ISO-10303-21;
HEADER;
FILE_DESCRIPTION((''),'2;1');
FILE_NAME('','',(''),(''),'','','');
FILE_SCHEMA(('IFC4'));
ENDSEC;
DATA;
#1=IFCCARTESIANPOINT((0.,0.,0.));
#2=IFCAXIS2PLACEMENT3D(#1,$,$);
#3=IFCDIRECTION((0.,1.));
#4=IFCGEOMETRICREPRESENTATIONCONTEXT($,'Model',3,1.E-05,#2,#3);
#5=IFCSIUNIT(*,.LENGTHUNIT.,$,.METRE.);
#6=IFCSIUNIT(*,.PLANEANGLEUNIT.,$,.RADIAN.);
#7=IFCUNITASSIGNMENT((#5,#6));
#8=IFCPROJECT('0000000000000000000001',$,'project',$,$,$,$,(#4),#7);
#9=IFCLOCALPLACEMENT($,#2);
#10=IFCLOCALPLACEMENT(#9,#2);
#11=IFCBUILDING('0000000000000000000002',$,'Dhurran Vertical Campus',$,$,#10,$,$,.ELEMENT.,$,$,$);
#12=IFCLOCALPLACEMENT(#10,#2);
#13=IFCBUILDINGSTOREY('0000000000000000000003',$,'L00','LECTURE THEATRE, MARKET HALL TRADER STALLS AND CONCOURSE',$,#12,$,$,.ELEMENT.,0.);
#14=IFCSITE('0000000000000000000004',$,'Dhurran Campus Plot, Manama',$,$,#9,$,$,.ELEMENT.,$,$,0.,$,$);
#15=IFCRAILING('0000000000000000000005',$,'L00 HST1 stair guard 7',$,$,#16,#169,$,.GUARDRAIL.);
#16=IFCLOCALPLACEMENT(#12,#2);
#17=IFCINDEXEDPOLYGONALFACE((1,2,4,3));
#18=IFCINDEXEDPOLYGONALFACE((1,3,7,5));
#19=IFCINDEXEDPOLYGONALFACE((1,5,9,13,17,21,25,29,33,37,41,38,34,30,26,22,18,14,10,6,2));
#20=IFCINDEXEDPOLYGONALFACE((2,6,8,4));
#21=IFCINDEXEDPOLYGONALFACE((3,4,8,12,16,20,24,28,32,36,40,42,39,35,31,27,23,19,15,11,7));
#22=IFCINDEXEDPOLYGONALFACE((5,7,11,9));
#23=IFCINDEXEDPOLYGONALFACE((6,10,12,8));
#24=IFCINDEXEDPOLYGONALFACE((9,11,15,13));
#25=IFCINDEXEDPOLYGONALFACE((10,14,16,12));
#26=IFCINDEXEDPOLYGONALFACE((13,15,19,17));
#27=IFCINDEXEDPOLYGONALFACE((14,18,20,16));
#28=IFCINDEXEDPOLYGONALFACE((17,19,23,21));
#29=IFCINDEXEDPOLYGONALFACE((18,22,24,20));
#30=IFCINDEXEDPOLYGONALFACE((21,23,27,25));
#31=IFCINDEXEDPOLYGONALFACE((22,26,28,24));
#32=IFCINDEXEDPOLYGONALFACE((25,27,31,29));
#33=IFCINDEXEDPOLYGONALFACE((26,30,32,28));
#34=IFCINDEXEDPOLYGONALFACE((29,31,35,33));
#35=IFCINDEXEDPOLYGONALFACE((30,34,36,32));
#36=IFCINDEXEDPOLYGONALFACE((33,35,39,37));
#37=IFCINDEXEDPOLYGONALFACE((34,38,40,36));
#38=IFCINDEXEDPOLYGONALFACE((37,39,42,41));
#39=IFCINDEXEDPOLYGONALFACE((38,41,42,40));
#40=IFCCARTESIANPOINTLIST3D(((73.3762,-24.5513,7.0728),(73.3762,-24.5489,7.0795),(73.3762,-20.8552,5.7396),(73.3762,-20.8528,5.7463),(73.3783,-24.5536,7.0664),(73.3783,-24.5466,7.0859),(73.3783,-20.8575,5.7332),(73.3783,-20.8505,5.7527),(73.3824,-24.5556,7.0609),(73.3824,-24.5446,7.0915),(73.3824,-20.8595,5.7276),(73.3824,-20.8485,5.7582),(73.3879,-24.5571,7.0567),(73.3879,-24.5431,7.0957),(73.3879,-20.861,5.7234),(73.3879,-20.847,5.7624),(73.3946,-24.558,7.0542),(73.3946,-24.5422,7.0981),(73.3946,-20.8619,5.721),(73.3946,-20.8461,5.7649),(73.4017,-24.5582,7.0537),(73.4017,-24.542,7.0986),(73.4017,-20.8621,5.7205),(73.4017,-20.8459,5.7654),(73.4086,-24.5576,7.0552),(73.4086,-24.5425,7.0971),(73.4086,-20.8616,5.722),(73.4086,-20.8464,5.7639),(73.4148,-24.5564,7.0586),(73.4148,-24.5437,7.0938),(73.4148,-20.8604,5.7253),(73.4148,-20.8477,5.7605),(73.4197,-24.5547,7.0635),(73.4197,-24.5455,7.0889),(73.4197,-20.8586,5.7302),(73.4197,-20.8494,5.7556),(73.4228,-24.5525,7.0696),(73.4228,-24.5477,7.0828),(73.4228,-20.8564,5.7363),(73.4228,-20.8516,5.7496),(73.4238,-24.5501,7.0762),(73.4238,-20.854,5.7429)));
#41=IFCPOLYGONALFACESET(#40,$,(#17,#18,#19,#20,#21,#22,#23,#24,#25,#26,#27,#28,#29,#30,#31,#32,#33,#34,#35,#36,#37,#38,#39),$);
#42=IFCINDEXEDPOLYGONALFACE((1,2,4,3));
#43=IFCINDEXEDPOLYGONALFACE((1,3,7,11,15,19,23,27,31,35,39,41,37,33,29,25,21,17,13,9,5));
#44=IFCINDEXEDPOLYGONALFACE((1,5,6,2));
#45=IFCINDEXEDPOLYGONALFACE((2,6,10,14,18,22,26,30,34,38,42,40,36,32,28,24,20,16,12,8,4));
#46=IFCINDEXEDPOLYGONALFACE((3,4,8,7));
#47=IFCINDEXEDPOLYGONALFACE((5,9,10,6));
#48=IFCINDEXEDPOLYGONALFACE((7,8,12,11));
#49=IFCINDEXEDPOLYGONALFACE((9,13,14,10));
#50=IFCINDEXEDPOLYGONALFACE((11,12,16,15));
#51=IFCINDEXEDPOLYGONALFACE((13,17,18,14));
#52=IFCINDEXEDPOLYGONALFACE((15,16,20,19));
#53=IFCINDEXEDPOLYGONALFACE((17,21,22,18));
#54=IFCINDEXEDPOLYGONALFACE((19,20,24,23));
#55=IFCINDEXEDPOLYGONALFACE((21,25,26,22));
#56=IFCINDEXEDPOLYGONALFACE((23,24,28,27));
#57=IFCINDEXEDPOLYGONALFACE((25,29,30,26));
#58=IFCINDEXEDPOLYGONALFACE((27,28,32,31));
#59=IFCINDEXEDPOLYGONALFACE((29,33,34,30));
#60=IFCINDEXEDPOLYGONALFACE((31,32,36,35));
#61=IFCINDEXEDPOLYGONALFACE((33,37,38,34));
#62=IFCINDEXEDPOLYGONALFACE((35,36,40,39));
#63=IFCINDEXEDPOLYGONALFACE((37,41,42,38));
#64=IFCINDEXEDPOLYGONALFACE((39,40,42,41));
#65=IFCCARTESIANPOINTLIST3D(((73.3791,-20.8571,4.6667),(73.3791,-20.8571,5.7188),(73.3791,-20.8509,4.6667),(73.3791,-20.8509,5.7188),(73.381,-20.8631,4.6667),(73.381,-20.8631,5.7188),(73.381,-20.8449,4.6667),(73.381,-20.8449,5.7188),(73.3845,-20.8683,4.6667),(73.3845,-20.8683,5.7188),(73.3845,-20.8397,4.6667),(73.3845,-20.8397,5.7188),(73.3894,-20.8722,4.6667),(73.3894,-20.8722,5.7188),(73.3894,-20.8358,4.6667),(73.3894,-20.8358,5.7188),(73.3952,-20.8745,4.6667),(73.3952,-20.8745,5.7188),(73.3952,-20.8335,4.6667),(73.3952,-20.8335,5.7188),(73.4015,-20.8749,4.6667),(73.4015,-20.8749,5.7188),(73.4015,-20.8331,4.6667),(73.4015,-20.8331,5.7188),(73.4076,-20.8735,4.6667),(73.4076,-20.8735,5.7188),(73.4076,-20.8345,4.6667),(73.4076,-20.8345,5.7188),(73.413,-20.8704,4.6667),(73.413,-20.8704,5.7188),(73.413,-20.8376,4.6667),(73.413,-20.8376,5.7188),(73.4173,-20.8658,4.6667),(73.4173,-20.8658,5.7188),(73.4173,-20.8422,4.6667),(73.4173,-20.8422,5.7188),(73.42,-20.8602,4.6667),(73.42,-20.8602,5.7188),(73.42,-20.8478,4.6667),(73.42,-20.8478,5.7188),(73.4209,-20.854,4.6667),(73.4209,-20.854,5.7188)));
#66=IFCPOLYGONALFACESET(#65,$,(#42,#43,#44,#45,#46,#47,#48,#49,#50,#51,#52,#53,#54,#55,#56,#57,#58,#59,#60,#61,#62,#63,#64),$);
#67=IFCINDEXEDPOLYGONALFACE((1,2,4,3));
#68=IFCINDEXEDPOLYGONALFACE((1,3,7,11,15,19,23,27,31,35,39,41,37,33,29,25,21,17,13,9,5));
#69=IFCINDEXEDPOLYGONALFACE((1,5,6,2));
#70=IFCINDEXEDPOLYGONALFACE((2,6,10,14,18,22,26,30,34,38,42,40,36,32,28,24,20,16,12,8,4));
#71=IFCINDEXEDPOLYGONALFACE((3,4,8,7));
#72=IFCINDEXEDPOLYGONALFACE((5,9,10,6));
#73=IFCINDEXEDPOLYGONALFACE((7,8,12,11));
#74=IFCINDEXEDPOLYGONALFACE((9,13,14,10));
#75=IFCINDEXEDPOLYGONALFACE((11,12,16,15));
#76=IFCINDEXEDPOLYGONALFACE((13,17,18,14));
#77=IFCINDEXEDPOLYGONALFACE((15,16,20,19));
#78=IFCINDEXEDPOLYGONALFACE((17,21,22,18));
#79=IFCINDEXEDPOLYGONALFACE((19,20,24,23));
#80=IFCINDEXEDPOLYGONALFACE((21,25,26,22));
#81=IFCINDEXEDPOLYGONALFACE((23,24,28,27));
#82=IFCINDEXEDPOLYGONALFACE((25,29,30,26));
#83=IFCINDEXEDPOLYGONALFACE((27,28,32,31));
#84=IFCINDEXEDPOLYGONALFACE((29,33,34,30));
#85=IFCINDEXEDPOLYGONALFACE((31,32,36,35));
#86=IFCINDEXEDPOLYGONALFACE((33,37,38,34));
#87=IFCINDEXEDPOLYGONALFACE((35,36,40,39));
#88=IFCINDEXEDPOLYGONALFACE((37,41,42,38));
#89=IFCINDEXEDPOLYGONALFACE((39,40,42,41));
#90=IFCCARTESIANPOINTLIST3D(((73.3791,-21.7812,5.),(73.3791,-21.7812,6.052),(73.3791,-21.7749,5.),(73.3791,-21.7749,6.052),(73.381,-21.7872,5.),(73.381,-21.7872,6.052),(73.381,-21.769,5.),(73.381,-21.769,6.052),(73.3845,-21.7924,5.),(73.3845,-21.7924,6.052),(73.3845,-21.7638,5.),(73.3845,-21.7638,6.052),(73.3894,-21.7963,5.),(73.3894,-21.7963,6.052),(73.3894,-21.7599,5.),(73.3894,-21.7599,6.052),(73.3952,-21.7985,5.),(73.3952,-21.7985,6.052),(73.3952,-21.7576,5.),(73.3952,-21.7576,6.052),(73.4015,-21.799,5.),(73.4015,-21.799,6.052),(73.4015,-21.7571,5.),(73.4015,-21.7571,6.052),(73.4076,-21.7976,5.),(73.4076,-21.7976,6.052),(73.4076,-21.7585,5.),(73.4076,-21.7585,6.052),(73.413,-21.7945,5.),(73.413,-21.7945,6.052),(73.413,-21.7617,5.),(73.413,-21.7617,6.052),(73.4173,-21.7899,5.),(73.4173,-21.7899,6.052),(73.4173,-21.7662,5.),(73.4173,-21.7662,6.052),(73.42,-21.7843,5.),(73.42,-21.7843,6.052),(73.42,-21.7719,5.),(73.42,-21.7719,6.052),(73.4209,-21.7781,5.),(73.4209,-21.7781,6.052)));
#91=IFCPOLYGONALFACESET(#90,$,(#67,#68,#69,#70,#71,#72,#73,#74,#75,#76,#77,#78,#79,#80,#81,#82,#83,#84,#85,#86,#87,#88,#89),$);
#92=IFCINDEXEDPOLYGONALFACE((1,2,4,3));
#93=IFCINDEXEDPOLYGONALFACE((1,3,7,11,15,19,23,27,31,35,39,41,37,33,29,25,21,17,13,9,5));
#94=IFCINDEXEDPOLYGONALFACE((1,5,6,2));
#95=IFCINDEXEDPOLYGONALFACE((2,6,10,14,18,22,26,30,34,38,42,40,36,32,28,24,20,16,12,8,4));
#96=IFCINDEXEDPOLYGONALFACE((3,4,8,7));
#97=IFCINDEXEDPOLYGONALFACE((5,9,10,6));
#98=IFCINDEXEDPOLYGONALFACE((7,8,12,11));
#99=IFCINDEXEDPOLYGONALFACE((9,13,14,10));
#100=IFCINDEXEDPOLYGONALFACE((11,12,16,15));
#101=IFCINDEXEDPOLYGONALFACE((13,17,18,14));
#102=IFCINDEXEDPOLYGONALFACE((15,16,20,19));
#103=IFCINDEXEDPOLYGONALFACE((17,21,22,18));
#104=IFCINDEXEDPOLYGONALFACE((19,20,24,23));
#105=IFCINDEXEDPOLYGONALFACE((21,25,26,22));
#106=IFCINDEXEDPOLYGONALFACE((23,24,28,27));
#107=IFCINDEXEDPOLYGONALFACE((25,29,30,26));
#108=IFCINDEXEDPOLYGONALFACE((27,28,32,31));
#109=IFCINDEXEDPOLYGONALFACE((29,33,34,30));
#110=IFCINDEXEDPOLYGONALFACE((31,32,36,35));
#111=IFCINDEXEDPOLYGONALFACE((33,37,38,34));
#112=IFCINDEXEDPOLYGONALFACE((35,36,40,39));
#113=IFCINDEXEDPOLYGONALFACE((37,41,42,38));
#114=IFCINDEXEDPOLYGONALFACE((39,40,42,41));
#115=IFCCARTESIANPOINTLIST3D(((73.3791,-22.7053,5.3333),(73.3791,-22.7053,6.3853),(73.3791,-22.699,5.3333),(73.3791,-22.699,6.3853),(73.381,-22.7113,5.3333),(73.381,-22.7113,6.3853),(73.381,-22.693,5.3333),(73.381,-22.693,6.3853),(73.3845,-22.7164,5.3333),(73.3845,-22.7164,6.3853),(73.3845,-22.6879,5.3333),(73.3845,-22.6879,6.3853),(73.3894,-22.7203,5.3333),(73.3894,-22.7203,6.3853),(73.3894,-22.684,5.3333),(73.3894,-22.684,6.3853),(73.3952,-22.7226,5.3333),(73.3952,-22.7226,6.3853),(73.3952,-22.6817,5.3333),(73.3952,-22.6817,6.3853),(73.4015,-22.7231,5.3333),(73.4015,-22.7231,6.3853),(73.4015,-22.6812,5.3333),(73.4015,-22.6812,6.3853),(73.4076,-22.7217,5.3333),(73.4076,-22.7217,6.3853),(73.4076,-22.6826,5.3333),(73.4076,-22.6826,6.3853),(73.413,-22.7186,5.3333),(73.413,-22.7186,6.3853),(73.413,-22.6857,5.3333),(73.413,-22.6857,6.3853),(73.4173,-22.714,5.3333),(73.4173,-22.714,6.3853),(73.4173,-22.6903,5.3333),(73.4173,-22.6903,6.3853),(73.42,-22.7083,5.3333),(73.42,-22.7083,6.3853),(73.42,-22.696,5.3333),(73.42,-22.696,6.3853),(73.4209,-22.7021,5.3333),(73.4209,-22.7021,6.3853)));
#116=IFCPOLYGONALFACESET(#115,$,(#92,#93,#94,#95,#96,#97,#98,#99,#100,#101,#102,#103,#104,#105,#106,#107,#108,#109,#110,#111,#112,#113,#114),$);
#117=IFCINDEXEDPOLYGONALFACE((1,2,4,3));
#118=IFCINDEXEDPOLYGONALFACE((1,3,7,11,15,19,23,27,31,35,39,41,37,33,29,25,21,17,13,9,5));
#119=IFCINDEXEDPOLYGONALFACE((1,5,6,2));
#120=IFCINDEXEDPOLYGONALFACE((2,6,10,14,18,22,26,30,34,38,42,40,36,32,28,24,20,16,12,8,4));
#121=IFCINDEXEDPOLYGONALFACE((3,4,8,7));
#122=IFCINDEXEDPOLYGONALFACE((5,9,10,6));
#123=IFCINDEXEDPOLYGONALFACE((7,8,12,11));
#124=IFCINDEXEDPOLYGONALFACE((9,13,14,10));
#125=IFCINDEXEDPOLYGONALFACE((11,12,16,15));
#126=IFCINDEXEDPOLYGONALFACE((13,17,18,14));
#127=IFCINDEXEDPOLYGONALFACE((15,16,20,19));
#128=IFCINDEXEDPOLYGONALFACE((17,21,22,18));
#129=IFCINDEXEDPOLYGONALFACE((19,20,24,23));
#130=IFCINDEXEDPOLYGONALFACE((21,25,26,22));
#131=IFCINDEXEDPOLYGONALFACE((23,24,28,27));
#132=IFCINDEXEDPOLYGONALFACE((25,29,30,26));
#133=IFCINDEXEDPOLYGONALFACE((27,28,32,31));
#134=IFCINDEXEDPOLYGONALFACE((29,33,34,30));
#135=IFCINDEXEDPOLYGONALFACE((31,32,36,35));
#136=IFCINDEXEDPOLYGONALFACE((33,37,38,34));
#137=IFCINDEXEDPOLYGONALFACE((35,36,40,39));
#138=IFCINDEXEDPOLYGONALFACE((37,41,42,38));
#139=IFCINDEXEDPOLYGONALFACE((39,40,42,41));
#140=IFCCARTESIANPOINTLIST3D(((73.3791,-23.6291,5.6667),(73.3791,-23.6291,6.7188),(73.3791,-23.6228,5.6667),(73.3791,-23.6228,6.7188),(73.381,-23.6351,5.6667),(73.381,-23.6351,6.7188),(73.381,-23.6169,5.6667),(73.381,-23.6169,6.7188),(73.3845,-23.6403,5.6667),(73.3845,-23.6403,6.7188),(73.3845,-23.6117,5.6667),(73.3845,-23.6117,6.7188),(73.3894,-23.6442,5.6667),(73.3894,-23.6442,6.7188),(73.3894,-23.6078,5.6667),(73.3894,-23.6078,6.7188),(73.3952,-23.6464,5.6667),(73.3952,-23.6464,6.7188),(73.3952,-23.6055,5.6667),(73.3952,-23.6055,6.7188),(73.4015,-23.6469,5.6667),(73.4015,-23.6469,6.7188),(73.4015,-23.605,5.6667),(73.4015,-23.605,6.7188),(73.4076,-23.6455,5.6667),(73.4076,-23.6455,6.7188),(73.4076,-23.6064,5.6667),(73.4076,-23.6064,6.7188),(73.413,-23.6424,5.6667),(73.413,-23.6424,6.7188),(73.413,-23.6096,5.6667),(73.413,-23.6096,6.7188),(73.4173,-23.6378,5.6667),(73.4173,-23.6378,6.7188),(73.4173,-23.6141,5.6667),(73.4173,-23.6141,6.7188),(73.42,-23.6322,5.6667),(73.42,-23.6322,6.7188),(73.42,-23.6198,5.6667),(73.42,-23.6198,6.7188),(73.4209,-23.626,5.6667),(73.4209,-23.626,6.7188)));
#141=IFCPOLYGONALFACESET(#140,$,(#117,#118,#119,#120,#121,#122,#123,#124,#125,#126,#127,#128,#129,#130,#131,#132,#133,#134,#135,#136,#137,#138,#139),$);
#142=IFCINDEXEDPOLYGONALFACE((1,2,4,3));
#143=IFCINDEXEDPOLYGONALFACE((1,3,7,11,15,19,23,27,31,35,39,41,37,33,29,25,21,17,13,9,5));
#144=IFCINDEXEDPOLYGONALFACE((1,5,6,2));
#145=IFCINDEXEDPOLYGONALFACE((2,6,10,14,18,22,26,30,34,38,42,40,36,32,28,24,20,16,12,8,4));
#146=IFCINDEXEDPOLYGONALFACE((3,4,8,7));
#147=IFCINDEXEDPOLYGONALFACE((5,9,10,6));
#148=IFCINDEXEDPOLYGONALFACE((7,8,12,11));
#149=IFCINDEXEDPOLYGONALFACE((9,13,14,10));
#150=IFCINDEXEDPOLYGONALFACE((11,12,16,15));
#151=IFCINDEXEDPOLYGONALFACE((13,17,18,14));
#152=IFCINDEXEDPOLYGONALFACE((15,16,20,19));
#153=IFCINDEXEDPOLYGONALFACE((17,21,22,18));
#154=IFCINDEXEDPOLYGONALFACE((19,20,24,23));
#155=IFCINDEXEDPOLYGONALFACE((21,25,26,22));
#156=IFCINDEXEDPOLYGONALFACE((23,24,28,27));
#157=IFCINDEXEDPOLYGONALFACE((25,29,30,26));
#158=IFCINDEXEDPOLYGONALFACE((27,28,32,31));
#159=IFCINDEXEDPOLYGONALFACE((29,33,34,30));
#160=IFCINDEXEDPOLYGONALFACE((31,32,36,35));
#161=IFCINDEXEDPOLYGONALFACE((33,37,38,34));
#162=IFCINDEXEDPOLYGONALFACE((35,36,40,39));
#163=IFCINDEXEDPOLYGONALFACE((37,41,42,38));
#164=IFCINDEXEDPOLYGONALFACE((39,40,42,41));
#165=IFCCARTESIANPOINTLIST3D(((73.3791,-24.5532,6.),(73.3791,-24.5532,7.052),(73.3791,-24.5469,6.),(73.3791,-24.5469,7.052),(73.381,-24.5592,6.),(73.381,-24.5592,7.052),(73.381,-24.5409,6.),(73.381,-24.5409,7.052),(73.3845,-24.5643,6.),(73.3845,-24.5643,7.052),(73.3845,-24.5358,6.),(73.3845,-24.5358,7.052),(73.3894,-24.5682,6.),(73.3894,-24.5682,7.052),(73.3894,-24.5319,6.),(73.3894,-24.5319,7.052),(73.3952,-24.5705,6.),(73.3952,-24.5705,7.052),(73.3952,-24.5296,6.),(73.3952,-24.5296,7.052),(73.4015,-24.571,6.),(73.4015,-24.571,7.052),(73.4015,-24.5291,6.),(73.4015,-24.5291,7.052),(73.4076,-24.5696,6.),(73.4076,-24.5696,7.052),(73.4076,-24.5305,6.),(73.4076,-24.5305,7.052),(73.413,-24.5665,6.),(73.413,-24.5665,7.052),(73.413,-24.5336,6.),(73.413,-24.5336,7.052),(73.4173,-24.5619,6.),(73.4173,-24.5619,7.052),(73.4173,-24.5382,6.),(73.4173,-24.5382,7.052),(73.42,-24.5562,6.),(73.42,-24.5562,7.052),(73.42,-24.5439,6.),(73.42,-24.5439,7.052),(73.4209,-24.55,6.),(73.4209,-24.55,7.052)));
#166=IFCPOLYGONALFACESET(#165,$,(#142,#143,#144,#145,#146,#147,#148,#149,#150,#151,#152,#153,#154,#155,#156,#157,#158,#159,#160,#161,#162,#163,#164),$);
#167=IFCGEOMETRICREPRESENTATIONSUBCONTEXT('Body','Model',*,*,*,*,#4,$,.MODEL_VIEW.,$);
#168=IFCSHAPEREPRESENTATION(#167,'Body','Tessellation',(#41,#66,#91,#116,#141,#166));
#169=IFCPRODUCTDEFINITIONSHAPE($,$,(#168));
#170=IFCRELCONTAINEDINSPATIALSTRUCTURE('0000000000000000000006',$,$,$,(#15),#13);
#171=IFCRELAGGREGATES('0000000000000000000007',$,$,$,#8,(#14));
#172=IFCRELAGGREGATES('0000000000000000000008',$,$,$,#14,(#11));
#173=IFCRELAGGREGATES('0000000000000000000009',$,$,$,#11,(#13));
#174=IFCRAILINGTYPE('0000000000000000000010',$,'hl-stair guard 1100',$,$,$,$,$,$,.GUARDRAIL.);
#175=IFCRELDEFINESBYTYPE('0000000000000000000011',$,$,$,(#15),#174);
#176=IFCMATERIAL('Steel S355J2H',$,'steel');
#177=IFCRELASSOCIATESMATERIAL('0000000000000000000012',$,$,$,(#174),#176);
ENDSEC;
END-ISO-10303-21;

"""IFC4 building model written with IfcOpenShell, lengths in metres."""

from ifc_helpers import new_model, si_unit, direction, frame, origin, origin_2d, place, context, subcontext, project, spatial, circle, extrude, material, type_object, element, save


model = new_model("IFC4")

# Units and contexts
model_context = context("Model", 3, precision=1e-05, world=origin(), true_north=direction((0.0, 1.0)))
body_context = subcontext(model_context, "Body", "Model", "MODEL_VIEW")
ifc_project = project(units=[si_unit("LENGTHUNIT", "METRE"), si_unit("PLANEANGLEUNIT", "RADIAN")], contexts=[model_context])

# Site, building, storey
site_placement = place(None, origin())
site = spatial("IfcSite", under=ifc_project, at=site_placement, Name="Dhurran Campus Plot, Manama", CompositionType="ELEMENT", RefElevation=0.0)
building_placement = place(site_placement, origin())
building = spatial("IfcBuilding", under=site, at=building_placement, Name="Dhurran Vertical Campus", CompositionType="ELEMENT")
storey_placement = place(building_placement, origin())
storey = spatial("IfcBuildingStorey", under=building, at=storey_placement, Name="L00", Description="LECTURE THEATRE, MARKET HALL TRADER STALLS AND CONCOURSE", CompositionType="ELEMENT", Elevation=0.0)

# Railing
ifc_material_1 = material(Name="Steel S355J2H", Category="steel")
railing_type_1 = type_object("IfcRailingType", Name="hl-stair guard 1100", PredefinedType="GUARDRAIL", material=ifc_material_1)
railing_1_placement = place(storey_placement, frame((73.3999, -20.854, 4.6667)))
element("IfcRailing", 1, at=railing_1_placement, inside=storey, type_object=railing_type_1, Name="L00 HST1 stair guard 7", PredefinedType="GUARDRAIL", context=body_context, shape_type="SweptSolid", body=[
    extrude(circle(Radius=0.0239, at=origin_2d()), frame((0.0, 0.0, 1.0762), z_axis=(0.0, -0.94067, 0.339322), x_axis=(1.0, 0.0, 0.0)), (0.0, 0.0, 1.0), 3.9292),
    extrude(circle(Radius=0.021, at=origin_2d()), origin(), (0.0, 0.0, 1.0), 1.052),
    extrude(circle(Radius=0.021, at=origin_2d()), frame((0.0, -0.9241, 0.3333)), (0.0, 0.0, 1.0), 1.052),
    extrude(circle(Radius=0.021, at=origin_2d()), frame((0.0, -1.8481, 0.6665)), (0.0, 0.0, 1.0), 1.052),
    extrude(circle(Radius=0.021, at=origin_2d()), frame((0.0, -2.772, 1.0)), (0.0, 0.0, 1.0), 1.052),
    extrude(circle(Radius=0.021, at=origin_2d()), frame((0.0, -3.696, 1.3333)), (0.0, 0.0, 1.0), 1.052),
])

save(model, "model.ifc")
